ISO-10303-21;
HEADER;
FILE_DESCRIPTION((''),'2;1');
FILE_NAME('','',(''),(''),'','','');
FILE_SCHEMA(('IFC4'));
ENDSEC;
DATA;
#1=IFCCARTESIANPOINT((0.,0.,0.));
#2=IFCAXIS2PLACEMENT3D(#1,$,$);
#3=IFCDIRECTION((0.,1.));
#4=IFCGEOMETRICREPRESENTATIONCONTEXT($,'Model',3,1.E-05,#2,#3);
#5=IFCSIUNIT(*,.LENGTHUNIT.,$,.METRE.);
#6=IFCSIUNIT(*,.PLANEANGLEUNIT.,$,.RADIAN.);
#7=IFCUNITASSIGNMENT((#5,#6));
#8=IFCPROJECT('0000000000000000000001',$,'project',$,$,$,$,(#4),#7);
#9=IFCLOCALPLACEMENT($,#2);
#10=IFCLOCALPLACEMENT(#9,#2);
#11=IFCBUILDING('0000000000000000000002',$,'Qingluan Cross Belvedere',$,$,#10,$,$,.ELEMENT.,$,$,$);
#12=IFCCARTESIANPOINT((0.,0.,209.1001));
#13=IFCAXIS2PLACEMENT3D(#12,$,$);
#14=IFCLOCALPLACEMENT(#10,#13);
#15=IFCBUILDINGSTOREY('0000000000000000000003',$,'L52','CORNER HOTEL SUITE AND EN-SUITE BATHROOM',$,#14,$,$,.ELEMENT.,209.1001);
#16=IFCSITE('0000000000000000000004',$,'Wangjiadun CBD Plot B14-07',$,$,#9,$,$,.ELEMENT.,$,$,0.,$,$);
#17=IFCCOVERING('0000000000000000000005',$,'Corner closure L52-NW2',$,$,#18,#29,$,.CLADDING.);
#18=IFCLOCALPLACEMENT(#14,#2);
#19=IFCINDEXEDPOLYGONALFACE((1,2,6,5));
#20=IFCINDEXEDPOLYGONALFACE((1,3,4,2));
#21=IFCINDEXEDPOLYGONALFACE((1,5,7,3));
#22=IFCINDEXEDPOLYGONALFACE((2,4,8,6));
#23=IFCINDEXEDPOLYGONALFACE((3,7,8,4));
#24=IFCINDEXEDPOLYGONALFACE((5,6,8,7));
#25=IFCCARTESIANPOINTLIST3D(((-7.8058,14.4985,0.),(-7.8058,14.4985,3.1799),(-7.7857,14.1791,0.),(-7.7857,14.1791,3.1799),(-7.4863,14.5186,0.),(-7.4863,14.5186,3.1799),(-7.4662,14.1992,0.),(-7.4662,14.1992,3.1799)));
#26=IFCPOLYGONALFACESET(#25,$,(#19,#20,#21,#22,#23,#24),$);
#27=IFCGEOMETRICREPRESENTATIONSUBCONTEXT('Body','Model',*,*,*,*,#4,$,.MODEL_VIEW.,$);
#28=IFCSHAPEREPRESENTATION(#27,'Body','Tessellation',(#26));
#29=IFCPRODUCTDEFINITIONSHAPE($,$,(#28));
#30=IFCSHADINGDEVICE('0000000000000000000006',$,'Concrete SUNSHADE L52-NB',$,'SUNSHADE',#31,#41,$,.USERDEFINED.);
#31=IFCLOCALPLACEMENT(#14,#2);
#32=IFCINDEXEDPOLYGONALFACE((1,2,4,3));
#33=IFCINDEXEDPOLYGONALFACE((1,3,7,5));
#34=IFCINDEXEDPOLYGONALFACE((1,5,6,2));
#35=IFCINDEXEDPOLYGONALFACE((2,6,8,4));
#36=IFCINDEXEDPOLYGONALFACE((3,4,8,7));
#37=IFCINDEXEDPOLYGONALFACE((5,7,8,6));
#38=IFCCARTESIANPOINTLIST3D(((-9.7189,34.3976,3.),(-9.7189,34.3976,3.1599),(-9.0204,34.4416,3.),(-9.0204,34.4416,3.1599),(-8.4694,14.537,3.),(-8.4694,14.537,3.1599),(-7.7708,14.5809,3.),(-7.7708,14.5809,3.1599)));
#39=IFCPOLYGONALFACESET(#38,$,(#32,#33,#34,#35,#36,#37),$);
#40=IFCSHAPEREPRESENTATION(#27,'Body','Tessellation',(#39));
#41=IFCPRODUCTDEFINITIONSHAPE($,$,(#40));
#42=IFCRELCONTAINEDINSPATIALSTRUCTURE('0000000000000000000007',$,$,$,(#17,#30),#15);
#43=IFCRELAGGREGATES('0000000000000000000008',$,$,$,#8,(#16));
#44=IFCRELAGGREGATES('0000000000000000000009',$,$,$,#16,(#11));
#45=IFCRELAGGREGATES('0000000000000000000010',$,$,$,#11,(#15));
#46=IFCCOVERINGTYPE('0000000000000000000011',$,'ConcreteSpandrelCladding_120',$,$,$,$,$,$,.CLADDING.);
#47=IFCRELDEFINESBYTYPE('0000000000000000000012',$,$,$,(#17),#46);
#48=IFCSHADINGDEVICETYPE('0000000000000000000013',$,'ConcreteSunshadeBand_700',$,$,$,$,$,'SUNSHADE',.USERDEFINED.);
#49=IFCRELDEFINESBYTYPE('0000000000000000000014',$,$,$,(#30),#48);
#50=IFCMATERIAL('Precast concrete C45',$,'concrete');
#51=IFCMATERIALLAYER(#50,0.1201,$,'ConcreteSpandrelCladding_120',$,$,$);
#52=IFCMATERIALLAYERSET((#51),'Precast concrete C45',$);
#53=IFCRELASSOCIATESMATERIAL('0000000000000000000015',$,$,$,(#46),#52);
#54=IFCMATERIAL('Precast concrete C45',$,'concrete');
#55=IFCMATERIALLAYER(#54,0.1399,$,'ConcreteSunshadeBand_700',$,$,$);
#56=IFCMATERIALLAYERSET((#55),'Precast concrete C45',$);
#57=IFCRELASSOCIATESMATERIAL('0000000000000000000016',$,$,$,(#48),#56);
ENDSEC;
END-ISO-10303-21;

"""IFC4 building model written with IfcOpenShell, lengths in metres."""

from ifc_helpers import new_model, si_unit, direction, frame, origin, origin_2d, place, context, subcontext, project, spatial, rectangle, extrude, material, layer, layer_set, type_object, element, save


model = new_model("IFC4")

# Units and contexts
model_context = context("Model", 3, precision=1e-05, world=origin(), true_north=direction((0.0, 1.0)))
body_context = subcontext(model_context, "Body", "Model", "MODEL_VIEW")
ifc_project = project(units=[si_unit("LENGTHUNIT", "METRE"), si_unit("PLANEANGLEUNIT", "RADIAN")], contexts=[model_context])

# Site, building, storey
site_placement = place(None, origin())
site = spatial("IfcSite", under=ifc_project, at=site_placement, Name="Wangjiadun CBD Plot B14-07", CompositionType="ELEMENT", RefElevation=0.0)
building_placement = place(site_placement, origin())
building = spatial("IfcBuilding", under=site, at=building_placement, Name="Qingluan Cross Belvedere", CompositionType="ELEMENT")
storey_placement = place(building_placement, frame((0.0, 0.0, 209.1001)))
storey = spatial("IfcBuildingStorey", under=building, at=storey_placement, Name="L52", Description="CORNER HOTEL SUITE AND EN-SUITE BATHROOM", CompositionType="ELEMENT", Elevation=209.1001)

# Covering
ifc_material_1 = material(Name="Precast concrete C45", Category="concrete")
ifc_layer_1 = layer(ifc_material_1, 0.1201, Name="ConcreteSpandrelCladding_120")
ifc_layer_set_1 = layer_set([ifc_layer_1], Name="Precast concrete C45")
covering_type = type_object("IfcCoveringType", Name="ConcreteSpandrelCladding_120", PredefinedType="CLADDING", material=ifc_layer_set_1)
covering_placement = place(storey_placement, frame((-7.636, 14.3489, 0.0), z_axis=(0.0, 0.0, 1.0), x_axis=(0.998027, 0.062791, 0.0)))
element("IfcCovering", 1, at=covering_placement, inside=storey, type_object=covering_type, Name="Corner closure L52-NW2", PredefinedType="CLADDING", context=body_context, shape_type="SweptSolid", body=[
    extrude(rectangle(XDim=0.3201, YDim=0.3201, at=origin_2d()), origin(), (0.0, 0.0, 1.0), 3.1799),
])

# Shading device
ifc_material_2 = material(Name="Precast concrete C45", Category="concrete")
ifc_layer_2 = layer(ifc_material_2, 0.1399, Name="ConcreteSunshadeBand_700")
ifc_layer_set_2 = layer_set([ifc_layer_2], Name="Precast concrete C45")
shading_device_type = type_object("IfcShadingDeviceType", Name="ConcreteSunshadeBand_700", ElementType="SUNSHADE", PredefinedType="USERDEFINED", material=ifc_layer_set_2)
shading_device_placement = place(storey_placement, frame((-8.7449, 24.4893, 3.0), z_axis=(0.0, 0.0, 1.0), x_axis=(0.062791, -0.998027, 0.0)))
element("IfcShadingDevice", 2, at=shading_device_placement, inside=storey, type_object=shading_device_type, Name="Concrete SUNSHADE L52-NB", ObjectType="SUNSHADE", PredefinedType="USERDEFINED", context=body_context, shape_type="SweptSolid", body=[
    extrude(rectangle(XDim=19.8999, YDim=0.7, at=origin_2d()), origin(), (0.0, 0.0, 1.0), 0.1599),
])

save(model, "model.ifc")
